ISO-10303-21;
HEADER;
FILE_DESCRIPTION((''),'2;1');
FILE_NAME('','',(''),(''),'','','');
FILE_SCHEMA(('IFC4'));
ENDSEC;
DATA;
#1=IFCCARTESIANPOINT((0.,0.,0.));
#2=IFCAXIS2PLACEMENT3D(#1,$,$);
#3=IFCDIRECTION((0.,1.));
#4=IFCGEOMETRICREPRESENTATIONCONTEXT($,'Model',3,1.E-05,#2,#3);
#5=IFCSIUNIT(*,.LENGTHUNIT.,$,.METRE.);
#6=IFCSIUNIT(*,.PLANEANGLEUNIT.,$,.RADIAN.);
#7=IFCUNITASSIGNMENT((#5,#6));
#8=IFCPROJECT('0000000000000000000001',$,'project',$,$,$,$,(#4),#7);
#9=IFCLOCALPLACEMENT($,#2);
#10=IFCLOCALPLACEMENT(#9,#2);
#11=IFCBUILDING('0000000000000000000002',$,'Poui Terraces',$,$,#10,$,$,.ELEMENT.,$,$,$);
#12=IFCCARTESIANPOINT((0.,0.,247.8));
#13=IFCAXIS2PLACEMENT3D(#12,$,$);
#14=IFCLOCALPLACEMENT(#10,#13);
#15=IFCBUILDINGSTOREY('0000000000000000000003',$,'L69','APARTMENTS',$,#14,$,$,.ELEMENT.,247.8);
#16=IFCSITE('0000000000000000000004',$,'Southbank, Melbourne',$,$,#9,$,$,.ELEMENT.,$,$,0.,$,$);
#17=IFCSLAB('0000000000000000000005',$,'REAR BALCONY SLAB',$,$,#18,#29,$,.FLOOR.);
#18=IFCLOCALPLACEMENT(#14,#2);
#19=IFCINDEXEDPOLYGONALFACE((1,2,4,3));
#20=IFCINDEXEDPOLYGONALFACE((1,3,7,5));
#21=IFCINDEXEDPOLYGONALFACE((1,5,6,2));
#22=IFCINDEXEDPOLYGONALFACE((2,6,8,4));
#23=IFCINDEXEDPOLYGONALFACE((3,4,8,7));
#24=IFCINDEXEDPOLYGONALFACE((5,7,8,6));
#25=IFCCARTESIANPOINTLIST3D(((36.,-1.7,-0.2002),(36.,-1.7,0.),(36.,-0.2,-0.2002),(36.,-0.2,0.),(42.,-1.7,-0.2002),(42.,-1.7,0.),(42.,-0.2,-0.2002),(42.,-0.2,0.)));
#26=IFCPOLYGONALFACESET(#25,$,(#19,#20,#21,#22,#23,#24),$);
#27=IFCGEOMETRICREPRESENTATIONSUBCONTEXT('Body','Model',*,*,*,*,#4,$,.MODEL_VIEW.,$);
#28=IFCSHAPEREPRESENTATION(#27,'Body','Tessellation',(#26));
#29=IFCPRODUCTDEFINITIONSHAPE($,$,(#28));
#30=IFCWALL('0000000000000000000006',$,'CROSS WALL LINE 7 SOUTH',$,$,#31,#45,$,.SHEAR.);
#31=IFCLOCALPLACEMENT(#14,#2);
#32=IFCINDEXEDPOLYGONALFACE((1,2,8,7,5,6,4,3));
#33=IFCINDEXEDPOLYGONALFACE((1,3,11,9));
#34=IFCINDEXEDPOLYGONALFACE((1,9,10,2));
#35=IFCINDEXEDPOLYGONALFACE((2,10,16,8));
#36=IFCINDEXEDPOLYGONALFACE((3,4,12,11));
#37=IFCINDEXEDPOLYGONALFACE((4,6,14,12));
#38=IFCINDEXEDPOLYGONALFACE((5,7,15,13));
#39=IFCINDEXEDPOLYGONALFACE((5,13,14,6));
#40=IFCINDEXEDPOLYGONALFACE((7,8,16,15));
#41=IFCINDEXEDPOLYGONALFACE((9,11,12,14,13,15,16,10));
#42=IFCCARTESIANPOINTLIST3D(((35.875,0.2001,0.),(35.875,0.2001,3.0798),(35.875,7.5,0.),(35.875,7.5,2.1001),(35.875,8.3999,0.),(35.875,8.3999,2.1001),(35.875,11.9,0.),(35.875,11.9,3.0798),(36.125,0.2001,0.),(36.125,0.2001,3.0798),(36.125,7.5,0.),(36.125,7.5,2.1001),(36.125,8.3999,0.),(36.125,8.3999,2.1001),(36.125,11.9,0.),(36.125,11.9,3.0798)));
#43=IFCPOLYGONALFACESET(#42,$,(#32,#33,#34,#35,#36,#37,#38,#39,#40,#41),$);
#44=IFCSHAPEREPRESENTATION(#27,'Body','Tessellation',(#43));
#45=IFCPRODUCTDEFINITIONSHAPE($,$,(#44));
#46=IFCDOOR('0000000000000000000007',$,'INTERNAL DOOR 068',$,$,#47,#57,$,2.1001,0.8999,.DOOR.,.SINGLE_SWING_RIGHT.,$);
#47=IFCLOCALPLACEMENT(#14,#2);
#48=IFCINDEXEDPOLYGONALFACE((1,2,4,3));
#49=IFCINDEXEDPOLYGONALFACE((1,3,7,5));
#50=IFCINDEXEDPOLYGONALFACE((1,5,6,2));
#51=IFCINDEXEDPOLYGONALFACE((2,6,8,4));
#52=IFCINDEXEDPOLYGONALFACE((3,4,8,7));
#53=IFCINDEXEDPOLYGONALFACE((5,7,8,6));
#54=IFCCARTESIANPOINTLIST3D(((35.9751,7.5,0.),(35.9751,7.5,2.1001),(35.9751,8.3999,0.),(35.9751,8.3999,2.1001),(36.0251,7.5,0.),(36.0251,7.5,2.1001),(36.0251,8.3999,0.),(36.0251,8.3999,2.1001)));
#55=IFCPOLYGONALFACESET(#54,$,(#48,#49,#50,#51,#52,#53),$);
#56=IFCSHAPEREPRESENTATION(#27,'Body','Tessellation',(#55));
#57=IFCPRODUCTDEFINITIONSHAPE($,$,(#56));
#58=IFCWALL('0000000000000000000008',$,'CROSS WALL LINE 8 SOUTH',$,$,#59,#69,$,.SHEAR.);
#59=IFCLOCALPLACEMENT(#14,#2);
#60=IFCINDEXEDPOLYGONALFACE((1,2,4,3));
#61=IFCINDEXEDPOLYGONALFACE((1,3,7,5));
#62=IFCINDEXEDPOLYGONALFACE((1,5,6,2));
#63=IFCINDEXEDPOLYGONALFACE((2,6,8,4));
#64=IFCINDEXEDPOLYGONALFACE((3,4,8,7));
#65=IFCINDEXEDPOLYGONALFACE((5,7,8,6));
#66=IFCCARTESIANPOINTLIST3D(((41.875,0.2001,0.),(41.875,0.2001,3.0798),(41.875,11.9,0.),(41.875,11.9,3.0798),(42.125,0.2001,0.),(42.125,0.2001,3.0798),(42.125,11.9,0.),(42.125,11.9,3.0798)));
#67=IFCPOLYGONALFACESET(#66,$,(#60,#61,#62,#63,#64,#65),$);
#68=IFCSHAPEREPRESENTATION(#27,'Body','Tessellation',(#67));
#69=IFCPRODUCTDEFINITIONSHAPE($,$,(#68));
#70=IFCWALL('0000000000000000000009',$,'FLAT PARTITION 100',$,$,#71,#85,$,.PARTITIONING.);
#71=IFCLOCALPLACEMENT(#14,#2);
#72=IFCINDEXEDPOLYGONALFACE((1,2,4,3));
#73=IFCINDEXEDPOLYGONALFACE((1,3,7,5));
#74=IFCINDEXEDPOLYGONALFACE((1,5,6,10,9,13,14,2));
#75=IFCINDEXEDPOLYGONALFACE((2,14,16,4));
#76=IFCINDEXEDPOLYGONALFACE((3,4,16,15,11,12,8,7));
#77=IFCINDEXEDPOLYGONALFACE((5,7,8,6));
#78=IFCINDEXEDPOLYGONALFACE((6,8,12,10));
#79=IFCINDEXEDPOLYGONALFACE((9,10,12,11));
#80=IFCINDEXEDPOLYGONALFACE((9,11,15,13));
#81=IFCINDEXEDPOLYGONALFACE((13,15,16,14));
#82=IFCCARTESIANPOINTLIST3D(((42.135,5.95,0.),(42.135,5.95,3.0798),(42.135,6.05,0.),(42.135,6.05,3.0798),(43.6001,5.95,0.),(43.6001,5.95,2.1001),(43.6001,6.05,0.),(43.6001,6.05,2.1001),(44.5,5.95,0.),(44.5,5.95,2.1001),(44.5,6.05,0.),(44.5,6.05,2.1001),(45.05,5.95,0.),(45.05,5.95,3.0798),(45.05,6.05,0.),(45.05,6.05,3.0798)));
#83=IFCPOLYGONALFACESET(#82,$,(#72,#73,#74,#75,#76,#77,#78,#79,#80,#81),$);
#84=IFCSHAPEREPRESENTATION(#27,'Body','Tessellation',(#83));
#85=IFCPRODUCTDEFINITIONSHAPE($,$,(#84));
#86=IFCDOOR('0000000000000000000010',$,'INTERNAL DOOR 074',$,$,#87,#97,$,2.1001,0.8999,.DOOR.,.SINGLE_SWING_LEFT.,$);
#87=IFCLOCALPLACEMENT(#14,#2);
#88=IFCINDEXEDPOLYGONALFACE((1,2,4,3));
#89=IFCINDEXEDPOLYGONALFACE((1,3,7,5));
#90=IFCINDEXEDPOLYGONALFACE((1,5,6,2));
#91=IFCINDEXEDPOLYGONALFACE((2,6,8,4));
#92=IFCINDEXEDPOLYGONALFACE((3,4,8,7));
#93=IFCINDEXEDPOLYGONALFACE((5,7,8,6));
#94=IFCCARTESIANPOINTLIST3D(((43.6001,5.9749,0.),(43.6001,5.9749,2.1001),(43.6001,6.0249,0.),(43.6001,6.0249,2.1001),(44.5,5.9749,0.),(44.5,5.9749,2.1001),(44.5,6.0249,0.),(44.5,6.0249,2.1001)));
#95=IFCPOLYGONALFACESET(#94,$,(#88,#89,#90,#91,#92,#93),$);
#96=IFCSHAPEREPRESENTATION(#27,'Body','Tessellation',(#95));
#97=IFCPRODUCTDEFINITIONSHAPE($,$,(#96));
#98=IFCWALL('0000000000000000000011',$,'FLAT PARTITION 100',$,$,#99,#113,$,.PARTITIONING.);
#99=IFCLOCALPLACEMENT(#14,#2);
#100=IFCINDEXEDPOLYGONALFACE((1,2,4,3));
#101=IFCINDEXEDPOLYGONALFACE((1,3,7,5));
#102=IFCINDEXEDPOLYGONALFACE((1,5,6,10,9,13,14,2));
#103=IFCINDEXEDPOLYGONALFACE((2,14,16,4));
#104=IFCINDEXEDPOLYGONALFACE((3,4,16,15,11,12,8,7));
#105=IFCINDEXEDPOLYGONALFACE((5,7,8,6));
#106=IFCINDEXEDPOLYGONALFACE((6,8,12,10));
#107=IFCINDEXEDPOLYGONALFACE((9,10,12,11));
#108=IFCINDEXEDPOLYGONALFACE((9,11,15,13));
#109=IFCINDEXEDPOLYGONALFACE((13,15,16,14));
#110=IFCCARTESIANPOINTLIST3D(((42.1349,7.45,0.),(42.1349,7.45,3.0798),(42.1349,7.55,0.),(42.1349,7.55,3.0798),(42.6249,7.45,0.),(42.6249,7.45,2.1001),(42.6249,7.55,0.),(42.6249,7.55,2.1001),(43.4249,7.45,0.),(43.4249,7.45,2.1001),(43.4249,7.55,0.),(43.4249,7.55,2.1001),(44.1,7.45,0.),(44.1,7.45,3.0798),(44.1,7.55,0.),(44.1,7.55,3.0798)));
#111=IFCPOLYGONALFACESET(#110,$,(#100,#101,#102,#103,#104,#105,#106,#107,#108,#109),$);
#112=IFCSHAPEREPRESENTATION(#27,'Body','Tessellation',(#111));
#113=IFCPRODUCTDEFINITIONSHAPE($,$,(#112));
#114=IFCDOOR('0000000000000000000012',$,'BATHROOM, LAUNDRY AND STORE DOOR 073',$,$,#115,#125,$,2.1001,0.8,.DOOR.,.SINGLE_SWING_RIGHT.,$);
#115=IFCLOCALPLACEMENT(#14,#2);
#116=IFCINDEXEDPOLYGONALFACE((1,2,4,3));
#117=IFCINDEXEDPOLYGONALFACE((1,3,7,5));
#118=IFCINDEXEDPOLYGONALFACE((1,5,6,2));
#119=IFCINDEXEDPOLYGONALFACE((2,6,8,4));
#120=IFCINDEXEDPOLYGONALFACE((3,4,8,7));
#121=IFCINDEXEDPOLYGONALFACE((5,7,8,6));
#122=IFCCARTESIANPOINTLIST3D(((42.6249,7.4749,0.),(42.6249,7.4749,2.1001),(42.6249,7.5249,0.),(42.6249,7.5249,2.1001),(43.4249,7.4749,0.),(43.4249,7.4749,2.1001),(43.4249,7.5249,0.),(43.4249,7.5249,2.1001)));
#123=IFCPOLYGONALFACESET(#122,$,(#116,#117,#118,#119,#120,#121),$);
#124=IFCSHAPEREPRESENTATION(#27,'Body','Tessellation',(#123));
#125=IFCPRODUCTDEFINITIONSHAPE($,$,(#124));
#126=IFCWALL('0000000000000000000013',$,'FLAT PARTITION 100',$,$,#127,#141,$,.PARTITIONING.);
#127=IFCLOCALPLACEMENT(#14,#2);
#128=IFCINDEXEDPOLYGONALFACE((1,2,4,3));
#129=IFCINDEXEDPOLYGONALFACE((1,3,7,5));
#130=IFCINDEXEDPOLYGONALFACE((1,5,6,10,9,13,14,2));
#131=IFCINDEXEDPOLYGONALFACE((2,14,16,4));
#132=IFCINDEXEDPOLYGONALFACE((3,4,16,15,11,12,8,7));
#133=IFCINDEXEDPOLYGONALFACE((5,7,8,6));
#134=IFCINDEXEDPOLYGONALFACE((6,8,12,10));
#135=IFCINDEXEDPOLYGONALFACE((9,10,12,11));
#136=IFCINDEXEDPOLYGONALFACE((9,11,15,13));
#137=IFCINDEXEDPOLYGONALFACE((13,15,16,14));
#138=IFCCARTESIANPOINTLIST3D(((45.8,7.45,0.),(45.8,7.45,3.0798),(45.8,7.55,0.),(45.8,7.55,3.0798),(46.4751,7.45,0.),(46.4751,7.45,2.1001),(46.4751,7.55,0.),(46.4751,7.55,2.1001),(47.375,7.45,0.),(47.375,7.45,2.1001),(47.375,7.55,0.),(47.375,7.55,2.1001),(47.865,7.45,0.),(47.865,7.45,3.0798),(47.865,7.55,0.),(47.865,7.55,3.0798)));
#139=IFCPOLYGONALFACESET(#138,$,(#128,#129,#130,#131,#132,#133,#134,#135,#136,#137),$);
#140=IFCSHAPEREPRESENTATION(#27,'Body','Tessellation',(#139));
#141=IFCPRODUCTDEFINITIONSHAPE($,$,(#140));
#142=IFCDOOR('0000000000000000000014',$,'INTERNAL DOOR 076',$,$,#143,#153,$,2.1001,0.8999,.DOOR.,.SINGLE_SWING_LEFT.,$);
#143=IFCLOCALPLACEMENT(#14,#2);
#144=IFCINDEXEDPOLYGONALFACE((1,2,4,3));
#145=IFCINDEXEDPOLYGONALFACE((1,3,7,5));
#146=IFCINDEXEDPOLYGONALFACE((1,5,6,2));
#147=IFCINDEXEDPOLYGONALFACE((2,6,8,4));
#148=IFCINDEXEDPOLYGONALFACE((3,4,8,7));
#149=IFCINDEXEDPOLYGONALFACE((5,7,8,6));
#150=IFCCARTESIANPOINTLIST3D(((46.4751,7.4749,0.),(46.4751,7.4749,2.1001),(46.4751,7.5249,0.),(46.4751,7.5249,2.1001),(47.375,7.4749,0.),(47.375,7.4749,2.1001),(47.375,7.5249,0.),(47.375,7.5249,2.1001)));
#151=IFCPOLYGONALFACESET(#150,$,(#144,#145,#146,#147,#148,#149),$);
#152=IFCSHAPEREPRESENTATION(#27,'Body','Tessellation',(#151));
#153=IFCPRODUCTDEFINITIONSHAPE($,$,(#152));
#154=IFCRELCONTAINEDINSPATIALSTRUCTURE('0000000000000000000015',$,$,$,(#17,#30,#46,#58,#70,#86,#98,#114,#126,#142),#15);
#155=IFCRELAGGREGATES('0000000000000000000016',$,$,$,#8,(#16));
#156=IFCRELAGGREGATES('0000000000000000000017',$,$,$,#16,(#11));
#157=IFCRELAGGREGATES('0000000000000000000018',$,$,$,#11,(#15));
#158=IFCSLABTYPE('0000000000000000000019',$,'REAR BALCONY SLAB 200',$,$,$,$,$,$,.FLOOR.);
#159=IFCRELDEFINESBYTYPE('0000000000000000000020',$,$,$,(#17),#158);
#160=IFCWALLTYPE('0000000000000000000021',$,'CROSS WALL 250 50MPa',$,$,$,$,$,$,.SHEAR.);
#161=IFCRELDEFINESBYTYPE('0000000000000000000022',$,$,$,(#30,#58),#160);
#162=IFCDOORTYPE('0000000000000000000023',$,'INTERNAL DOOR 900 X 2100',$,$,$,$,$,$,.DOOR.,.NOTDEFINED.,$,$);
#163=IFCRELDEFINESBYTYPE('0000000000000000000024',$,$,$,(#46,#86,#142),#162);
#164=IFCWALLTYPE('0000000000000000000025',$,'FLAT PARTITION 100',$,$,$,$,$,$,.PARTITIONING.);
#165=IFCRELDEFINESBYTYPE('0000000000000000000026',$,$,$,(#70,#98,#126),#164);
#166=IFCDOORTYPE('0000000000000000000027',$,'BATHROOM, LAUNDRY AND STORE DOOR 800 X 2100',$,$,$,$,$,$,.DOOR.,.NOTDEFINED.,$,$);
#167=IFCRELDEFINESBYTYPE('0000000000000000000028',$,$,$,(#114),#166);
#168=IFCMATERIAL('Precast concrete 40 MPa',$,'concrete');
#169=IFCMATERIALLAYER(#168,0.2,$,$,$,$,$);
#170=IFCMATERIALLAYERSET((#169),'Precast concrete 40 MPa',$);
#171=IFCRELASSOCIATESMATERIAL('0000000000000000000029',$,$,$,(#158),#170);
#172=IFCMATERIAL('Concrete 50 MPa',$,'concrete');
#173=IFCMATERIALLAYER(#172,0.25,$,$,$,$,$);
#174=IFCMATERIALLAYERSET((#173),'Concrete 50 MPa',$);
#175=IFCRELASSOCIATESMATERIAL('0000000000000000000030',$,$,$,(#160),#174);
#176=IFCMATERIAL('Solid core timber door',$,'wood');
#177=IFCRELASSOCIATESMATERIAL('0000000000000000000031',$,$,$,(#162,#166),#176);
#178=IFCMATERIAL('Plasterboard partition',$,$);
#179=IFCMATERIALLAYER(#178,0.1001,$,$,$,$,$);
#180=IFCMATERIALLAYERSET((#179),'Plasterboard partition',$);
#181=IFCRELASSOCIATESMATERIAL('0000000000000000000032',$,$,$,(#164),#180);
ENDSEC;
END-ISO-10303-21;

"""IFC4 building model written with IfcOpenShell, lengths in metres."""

from ifc_helpers import new_model, si_unit, direction, frame, frame_2d, origin, place, context, subcontext, project, spatial, polyline, rectangle, outline, extrude, source, transform, mapped, material, layer, layer_set, type_object, element, fill, save


model = new_model("IFC4")

# Units and contexts
model_context = context("Model", 3, precision=1e-05, world=origin(), true_north=direction((0.0, 1.0)))
body_context = subcontext(model_context, "Body", "Model", "MODEL_VIEW")
ifc_project = project(units=[si_unit("LENGTHUNIT", "METRE"), si_unit("PLANEANGLEUNIT", "RADIAN")], contexts=[model_context])

# Site, building, storey
site_placement = place(None, origin())
site = spatial("IfcSite", under=ifc_project, at=site_placement, Name="Southbank, Melbourne", CompositionType="ELEMENT", RefElevation=0.0)
building_placement = place(site_placement, origin())
building = spatial("IfcBuilding", under=site, at=building_placement, Name="Poui Terraces", CompositionType="ELEMENT")
storey_placement = place(building_placement, frame((0.0, 0.0, 247.8)))
storey = spatial("IfcBuildingStorey", under=building, at=storey_placement, Name="L69", Description="APARTMENTS", CompositionType="ELEMENT", Elevation=247.8)

# Slab
ifc_material_1 = material(Name="Precast concrete 40 MPa", Category="concrete")
ifc_layer_1 = layer(ifc_material_1, 0.2)
ifc_layer_set_1 = layer_set([ifc_layer_1], Name="Precast concrete 40 MPa")
slab_type = type_object("IfcSlabType", Name="REAR BALCONY SLAB 200", PredefinedType="FLOOR", material=ifc_layer_set_1)
shared_shape_1 = source(origin(), body_context, "Body", "SweptSolid", [
    extrude(outline(polyline([(0.0, 0.0), (6.0, 0.0), (6.0, 1.5), (0.0, 1.5), (0.0, 0.0)])), origin(), (0.0, 0.0, 1.0), 0.2002),
])
slab_placement = place(storey_placement, frame((36.0, -1.7, -0.2002)))
element("IfcSlab", 1, at=slab_placement, inside=storey, type_object=slab_type, Name="REAR BALCONY SLAB", PredefinedType="FLOOR", context=body_context, shape_type="MappedRepresentation", body=[
    mapped(shared_shape_1, transform((0.0, 0.0, 0.0))),
])

# Wall, opening, door
ifc_material_2 = material(Name="Concrete 50 MPa", Category="concrete")
ifc_layer_2 = layer(ifc_material_2, 0.25)
ifc_layer_set_2 = layer_set([ifc_layer_2], Name="Concrete 50 MPa")
wall_type_1 = type_object("IfcWallType", Name="CROSS WALL 250 50MPa", PredefinedType="SHEAR", material=ifc_layer_set_2)
wall_1_placement = place(storey_placement, frame((36.0, 0.2, 0.0), z_axis=(0.0, 0.0, 1.0), x_axis=(0.0, 1.0, 0.0)))
wall_1 = element("IfcWall", 2, at=wall_1_placement, inside=storey, type_object=wall_type_1, Name="CROSS WALL LINE 7 SOUTH", PredefinedType="SHEAR", context=body_context, shape_type="SweptSolid", body=[
    extrude(rectangle(XDim=11.7, YDim=0.25, at=frame_2d((5.8501, 0.0))), origin(), (0.0, 0.0, 1.0), 3.0798),
])
opening_1_placement = place(wall_1_placement, frame((7.3, 0.0, 0.0)))
opening_1 = element("IfcOpeningElement", 3, at=opening_1_placement, cuts=wall_1, PredefinedType="OPENING", context=body_context, shape_type="SweptSolid", body=[
    extrude(rectangle(XDim=0.8999, YDim=2.1001, at=frame_2d((0.45, 1.05))), frame((0.0, 0.135, 0.0), z_axis=(0.0, -1.0, 0.0), x_axis=(1.0, 0.0, 0.0)), (0.0, 0.0, 1.0), 0.27),
])
ifc_material_3 = material(Name="Solid core timber door", Category="wood")
door_type_1 = type_object("IfcDoorType", Name="INTERNAL DOOR 900 X 2100", OperationType="NOTDEFINED", PredefinedType="DOOR", material=ifc_material_3)
door_1_placement = place(opening_1_placement, origin())
door_1 = element("IfcDoor", 4, at=door_1_placement, inside=storey, type_object=door_type_1, Name="INTERNAL DOOR 068", OperationType="SINGLE_SWING_RIGHT", OverallHeight=2.1001, OverallWidth=0.8999, PredefinedType="DOOR", context=body_context, shape_type="SweptSolid", body=[
    extrude(rectangle(XDim=0.8999, YDim=2.1001, at=frame_2d((0.45, 1.05))), frame((0.0, 0.0249, 0.0), z_axis=(0.0, -1.0, 0.0), x_axis=(1.0, 0.0, 0.0)), (0.0, 0.0, 1.0), 0.05),
])
fill(opening_1, door_1)

# Wall
wall_2_placement = place(storey_placement, frame((42.0, 0.2, 0.0), z_axis=(0.0, 0.0, 1.0), x_axis=(0.0, 1.0, 0.0)))
element("IfcWall", 5, at=wall_2_placement, inside=storey, type_object=wall_type_1, Name="CROSS WALL LINE 8 SOUTH", PredefinedType="SHEAR", context=body_context, shape_type="SweptSolid", body=[
    extrude(rectangle(XDim=11.7, YDim=0.25, at=frame_2d((5.8501, 0.0))), origin(), (0.0, 0.0, 1.0), 3.0798),
])

# Walls, openings, doors
ifc_material_4 = material(Name="Plasterboard partition")
ifc_layer_3 = layer(ifc_material_4, 0.1001)
ifc_layer_set_3 = layer_set([ifc_layer_3], Name="Plasterboard partition")
wall_type_2 = type_object("IfcWallType", Name="FLAT PARTITION 100", PredefinedType="PARTITIONING", material=ifc_layer_set_3)
wall_3_placement = place(storey_placement, frame((42.135, 6.0, 0.0), z_axis=(0.0, 0.0, 1.0), x_axis=(1.0, 0.0, 0.0)))
wall_3 = element("IfcWall", 6, at=wall_3_placement, inside=storey, type_object=wall_type_2, Name="FLAT PARTITION 100", PredefinedType="PARTITIONING", context=body_context, shape_type="SweptSolid", body=[
    extrude(rectangle(XDim=2.915, YDim=0.1001, at=frame_2d((1.4575, 0.0))), origin(), (0.0, 0.0, 1.0), 3.0798),
])
opening_2_placement = place(wall_3_placement, frame((1.4651, 0.0, 0.0)))
opening_2 = element("IfcOpeningElement", 7, at=opening_2_placement, cuts=wall_3, PredefinedType="OPENING", context=body_context, shape_type="SweptSolid", body=[
    extrude(rectangle(XDim=0.8999, YDim=2.1001, at=frame_2d((0.45, 1.05))), frame((0.0, 0.0601, 0.0), z_axis=(0.0, -1.0, 0.0), x_axis=(1.0, 0.0, 0.0)), (0.0, 0.0, 1.0), 0.1201),
])
door_2_placement = place(opening_2_placement, origin())
door_2 = element("IfcDoor", 8, at=door_2_placement, inside=storey, type_object=door_type_1, Name="INTERNAL DOOR 074", OperationType="SINGLE_SWING_LEFT", OverallHeight=2.1001, OverallWidth=0.8999, PredefinedType="DOOR", context=body_context, shape_type="SweptSolid", body=[
    extrude(rectangle(XDim=0.8999, YDim=2.1001, at=frame_2d((0.45, 1.05))), frame((0.0, 0.0249, 0.0), z_axis=(0.0, -1.0, 0.0), x_axis=(1.0, 0.0, 0.0)), (0.0, 0.0, 1.0), 0.05),
])
fill(opening_2, door_2)
wall_4_placement = place(storey_placement, frame((42.135, 7.5, 0.0), z_axis=(0.0, 0.0, 1.0), x_axis=(1.0, 0.0, 0.0)))
wall_4 = element("IfcWall", 9, at=wall_4_placement, inside=storey, type_object=wall_type_2, Name="FLAT PARTITION 100", PredefinedType="PARTITIONING", context=body_context, shape_type="SweptSolid", body=[
    extrude(rectangle(XDim=1.9651, YDim=0.1001, at=frame_2d((0.9824, 0.0))), origin(), (0.0, 0.0, 1.0), 3.0798),
])
opening_3_placement = place(wall_4_placement, frame((0.49, 0.0, 0.0)))
opening_3 = element("IfcOpeningElement", 10, at=opening_3_placement, cuts=wall_4, PredefinedType="OPENING", context=body_context, shape_type="SweptSolid", body=[
    extrude(rectangle(XDim=0.8, YDim=2.1001, at=frame_2d((0.3999, 1.05))), frame((0.0, 0.0601, 0.0), z_axis=(0.0, -1.0, 0.0), x_axis=(1.0, 0.0, 0.0)), (0.0, 0.0, 1.0), 0.1201),
])
door_type_2 = type_object("IfcDoorType", Name="BATHROOM, LAUNDRY AND STORE DOOR 800 X 2100", OperationType="NOTDEFINED", PredefinedType="DOOR", material=ifc_material_3)
door_3_placement = place(opening_3_placement, origin())
door_3 = element("IfcDoor", 11, at=door_3_placement, inside=storey, type_object=door_type_2, Name="BATHROOM, LAUNDRY AND STORE DOOR 073", OperationType="SINGLE_SWING_RIGHT", OverallHeight=2.1001, OverallWidth=0.8, PredefinedType="DOOR", context=body_context, shape_type="SweptSolid", body=[
    extrude(rectangle(XDim=0.8, YDim=2.1001, at=frame_2d((0.3999, 1.05))), frame((0.0, 0.0249, 0.0), z_axis=(0.0, -1.0, 0.0), x_axis=(1.0, 0.0, 0.0)), (0.0, 0.0, 1.0), 0.05),
])
fill(opening_3, door_3)
wall_5_placement = place(storey_placement, frame((45.8, 7.5, 0.0), z_axis=(0.0, 0.0, 1.0), x_axis=(1.0, 0.0, 0.0)))
wall_5 = element("IfcWall", 12, at=wall_5_placement, inside=storey, type_object=wall_type_2, Name="FLAT PARTITION 100", PredefinedType="PARTITIONING", context=body_context, shape_type="SweptSolid", body=[
    extrude(rectangle(XDim=2.0649, YDim=0.1001, at=frame_2d((1.0325, 0.0))), origin(), (0.0, 0.0, 1.0), 3.0798),
])
opening_4_placement = place(wall_5_placement, frame((0.675, 0.0, 0.0)))
opening_4 = element("IfcOpeningElement", 13, at=opening_4_placement, cuts=wall_5, PredefinedType="OPENING", context=body_context, shape_type="SweptSolid", body=[
    extrude(rectangle(XDim=0.8999, YDim=2.1001, at=frame_2d((0.45, 1.05))), frame((0.0, 0.0601, 0.0), z_axis=(0.0, -1.0, 0.0), x_axis=(1.0, 0.0, 0.0)), (0.0, 0.0, 1.0), 0.1201),
])
door_4_placement = place(opening_4_placement, origin())
door_4 = element("IfcDoor", 14, at=door_4_placement, inside=storey, type_object=door_type_1, Name="INTERNAL DOOR 076", OperationType="SINGLE_SWING_LEFT", OverallHeight=2.1001, OverallWidth=0.8999, PredefinedType="DOOR", context=body_context, shape_type="SweptSolid", body=[
    extrude(rectangle(XDim=0.8999, YDim=2.1001, at=frame_2d((0.45, 1.05))), frame((0.0, 0.0249, 0.0), z_axis=(0.0, -1.0, 0.0), x_axis=(1.0, 0.0, 0.0)), (0.0, 0.0, 1.0), 0.05),
])
fill(opening_4, door_4)

save(model, "model.ifc")
